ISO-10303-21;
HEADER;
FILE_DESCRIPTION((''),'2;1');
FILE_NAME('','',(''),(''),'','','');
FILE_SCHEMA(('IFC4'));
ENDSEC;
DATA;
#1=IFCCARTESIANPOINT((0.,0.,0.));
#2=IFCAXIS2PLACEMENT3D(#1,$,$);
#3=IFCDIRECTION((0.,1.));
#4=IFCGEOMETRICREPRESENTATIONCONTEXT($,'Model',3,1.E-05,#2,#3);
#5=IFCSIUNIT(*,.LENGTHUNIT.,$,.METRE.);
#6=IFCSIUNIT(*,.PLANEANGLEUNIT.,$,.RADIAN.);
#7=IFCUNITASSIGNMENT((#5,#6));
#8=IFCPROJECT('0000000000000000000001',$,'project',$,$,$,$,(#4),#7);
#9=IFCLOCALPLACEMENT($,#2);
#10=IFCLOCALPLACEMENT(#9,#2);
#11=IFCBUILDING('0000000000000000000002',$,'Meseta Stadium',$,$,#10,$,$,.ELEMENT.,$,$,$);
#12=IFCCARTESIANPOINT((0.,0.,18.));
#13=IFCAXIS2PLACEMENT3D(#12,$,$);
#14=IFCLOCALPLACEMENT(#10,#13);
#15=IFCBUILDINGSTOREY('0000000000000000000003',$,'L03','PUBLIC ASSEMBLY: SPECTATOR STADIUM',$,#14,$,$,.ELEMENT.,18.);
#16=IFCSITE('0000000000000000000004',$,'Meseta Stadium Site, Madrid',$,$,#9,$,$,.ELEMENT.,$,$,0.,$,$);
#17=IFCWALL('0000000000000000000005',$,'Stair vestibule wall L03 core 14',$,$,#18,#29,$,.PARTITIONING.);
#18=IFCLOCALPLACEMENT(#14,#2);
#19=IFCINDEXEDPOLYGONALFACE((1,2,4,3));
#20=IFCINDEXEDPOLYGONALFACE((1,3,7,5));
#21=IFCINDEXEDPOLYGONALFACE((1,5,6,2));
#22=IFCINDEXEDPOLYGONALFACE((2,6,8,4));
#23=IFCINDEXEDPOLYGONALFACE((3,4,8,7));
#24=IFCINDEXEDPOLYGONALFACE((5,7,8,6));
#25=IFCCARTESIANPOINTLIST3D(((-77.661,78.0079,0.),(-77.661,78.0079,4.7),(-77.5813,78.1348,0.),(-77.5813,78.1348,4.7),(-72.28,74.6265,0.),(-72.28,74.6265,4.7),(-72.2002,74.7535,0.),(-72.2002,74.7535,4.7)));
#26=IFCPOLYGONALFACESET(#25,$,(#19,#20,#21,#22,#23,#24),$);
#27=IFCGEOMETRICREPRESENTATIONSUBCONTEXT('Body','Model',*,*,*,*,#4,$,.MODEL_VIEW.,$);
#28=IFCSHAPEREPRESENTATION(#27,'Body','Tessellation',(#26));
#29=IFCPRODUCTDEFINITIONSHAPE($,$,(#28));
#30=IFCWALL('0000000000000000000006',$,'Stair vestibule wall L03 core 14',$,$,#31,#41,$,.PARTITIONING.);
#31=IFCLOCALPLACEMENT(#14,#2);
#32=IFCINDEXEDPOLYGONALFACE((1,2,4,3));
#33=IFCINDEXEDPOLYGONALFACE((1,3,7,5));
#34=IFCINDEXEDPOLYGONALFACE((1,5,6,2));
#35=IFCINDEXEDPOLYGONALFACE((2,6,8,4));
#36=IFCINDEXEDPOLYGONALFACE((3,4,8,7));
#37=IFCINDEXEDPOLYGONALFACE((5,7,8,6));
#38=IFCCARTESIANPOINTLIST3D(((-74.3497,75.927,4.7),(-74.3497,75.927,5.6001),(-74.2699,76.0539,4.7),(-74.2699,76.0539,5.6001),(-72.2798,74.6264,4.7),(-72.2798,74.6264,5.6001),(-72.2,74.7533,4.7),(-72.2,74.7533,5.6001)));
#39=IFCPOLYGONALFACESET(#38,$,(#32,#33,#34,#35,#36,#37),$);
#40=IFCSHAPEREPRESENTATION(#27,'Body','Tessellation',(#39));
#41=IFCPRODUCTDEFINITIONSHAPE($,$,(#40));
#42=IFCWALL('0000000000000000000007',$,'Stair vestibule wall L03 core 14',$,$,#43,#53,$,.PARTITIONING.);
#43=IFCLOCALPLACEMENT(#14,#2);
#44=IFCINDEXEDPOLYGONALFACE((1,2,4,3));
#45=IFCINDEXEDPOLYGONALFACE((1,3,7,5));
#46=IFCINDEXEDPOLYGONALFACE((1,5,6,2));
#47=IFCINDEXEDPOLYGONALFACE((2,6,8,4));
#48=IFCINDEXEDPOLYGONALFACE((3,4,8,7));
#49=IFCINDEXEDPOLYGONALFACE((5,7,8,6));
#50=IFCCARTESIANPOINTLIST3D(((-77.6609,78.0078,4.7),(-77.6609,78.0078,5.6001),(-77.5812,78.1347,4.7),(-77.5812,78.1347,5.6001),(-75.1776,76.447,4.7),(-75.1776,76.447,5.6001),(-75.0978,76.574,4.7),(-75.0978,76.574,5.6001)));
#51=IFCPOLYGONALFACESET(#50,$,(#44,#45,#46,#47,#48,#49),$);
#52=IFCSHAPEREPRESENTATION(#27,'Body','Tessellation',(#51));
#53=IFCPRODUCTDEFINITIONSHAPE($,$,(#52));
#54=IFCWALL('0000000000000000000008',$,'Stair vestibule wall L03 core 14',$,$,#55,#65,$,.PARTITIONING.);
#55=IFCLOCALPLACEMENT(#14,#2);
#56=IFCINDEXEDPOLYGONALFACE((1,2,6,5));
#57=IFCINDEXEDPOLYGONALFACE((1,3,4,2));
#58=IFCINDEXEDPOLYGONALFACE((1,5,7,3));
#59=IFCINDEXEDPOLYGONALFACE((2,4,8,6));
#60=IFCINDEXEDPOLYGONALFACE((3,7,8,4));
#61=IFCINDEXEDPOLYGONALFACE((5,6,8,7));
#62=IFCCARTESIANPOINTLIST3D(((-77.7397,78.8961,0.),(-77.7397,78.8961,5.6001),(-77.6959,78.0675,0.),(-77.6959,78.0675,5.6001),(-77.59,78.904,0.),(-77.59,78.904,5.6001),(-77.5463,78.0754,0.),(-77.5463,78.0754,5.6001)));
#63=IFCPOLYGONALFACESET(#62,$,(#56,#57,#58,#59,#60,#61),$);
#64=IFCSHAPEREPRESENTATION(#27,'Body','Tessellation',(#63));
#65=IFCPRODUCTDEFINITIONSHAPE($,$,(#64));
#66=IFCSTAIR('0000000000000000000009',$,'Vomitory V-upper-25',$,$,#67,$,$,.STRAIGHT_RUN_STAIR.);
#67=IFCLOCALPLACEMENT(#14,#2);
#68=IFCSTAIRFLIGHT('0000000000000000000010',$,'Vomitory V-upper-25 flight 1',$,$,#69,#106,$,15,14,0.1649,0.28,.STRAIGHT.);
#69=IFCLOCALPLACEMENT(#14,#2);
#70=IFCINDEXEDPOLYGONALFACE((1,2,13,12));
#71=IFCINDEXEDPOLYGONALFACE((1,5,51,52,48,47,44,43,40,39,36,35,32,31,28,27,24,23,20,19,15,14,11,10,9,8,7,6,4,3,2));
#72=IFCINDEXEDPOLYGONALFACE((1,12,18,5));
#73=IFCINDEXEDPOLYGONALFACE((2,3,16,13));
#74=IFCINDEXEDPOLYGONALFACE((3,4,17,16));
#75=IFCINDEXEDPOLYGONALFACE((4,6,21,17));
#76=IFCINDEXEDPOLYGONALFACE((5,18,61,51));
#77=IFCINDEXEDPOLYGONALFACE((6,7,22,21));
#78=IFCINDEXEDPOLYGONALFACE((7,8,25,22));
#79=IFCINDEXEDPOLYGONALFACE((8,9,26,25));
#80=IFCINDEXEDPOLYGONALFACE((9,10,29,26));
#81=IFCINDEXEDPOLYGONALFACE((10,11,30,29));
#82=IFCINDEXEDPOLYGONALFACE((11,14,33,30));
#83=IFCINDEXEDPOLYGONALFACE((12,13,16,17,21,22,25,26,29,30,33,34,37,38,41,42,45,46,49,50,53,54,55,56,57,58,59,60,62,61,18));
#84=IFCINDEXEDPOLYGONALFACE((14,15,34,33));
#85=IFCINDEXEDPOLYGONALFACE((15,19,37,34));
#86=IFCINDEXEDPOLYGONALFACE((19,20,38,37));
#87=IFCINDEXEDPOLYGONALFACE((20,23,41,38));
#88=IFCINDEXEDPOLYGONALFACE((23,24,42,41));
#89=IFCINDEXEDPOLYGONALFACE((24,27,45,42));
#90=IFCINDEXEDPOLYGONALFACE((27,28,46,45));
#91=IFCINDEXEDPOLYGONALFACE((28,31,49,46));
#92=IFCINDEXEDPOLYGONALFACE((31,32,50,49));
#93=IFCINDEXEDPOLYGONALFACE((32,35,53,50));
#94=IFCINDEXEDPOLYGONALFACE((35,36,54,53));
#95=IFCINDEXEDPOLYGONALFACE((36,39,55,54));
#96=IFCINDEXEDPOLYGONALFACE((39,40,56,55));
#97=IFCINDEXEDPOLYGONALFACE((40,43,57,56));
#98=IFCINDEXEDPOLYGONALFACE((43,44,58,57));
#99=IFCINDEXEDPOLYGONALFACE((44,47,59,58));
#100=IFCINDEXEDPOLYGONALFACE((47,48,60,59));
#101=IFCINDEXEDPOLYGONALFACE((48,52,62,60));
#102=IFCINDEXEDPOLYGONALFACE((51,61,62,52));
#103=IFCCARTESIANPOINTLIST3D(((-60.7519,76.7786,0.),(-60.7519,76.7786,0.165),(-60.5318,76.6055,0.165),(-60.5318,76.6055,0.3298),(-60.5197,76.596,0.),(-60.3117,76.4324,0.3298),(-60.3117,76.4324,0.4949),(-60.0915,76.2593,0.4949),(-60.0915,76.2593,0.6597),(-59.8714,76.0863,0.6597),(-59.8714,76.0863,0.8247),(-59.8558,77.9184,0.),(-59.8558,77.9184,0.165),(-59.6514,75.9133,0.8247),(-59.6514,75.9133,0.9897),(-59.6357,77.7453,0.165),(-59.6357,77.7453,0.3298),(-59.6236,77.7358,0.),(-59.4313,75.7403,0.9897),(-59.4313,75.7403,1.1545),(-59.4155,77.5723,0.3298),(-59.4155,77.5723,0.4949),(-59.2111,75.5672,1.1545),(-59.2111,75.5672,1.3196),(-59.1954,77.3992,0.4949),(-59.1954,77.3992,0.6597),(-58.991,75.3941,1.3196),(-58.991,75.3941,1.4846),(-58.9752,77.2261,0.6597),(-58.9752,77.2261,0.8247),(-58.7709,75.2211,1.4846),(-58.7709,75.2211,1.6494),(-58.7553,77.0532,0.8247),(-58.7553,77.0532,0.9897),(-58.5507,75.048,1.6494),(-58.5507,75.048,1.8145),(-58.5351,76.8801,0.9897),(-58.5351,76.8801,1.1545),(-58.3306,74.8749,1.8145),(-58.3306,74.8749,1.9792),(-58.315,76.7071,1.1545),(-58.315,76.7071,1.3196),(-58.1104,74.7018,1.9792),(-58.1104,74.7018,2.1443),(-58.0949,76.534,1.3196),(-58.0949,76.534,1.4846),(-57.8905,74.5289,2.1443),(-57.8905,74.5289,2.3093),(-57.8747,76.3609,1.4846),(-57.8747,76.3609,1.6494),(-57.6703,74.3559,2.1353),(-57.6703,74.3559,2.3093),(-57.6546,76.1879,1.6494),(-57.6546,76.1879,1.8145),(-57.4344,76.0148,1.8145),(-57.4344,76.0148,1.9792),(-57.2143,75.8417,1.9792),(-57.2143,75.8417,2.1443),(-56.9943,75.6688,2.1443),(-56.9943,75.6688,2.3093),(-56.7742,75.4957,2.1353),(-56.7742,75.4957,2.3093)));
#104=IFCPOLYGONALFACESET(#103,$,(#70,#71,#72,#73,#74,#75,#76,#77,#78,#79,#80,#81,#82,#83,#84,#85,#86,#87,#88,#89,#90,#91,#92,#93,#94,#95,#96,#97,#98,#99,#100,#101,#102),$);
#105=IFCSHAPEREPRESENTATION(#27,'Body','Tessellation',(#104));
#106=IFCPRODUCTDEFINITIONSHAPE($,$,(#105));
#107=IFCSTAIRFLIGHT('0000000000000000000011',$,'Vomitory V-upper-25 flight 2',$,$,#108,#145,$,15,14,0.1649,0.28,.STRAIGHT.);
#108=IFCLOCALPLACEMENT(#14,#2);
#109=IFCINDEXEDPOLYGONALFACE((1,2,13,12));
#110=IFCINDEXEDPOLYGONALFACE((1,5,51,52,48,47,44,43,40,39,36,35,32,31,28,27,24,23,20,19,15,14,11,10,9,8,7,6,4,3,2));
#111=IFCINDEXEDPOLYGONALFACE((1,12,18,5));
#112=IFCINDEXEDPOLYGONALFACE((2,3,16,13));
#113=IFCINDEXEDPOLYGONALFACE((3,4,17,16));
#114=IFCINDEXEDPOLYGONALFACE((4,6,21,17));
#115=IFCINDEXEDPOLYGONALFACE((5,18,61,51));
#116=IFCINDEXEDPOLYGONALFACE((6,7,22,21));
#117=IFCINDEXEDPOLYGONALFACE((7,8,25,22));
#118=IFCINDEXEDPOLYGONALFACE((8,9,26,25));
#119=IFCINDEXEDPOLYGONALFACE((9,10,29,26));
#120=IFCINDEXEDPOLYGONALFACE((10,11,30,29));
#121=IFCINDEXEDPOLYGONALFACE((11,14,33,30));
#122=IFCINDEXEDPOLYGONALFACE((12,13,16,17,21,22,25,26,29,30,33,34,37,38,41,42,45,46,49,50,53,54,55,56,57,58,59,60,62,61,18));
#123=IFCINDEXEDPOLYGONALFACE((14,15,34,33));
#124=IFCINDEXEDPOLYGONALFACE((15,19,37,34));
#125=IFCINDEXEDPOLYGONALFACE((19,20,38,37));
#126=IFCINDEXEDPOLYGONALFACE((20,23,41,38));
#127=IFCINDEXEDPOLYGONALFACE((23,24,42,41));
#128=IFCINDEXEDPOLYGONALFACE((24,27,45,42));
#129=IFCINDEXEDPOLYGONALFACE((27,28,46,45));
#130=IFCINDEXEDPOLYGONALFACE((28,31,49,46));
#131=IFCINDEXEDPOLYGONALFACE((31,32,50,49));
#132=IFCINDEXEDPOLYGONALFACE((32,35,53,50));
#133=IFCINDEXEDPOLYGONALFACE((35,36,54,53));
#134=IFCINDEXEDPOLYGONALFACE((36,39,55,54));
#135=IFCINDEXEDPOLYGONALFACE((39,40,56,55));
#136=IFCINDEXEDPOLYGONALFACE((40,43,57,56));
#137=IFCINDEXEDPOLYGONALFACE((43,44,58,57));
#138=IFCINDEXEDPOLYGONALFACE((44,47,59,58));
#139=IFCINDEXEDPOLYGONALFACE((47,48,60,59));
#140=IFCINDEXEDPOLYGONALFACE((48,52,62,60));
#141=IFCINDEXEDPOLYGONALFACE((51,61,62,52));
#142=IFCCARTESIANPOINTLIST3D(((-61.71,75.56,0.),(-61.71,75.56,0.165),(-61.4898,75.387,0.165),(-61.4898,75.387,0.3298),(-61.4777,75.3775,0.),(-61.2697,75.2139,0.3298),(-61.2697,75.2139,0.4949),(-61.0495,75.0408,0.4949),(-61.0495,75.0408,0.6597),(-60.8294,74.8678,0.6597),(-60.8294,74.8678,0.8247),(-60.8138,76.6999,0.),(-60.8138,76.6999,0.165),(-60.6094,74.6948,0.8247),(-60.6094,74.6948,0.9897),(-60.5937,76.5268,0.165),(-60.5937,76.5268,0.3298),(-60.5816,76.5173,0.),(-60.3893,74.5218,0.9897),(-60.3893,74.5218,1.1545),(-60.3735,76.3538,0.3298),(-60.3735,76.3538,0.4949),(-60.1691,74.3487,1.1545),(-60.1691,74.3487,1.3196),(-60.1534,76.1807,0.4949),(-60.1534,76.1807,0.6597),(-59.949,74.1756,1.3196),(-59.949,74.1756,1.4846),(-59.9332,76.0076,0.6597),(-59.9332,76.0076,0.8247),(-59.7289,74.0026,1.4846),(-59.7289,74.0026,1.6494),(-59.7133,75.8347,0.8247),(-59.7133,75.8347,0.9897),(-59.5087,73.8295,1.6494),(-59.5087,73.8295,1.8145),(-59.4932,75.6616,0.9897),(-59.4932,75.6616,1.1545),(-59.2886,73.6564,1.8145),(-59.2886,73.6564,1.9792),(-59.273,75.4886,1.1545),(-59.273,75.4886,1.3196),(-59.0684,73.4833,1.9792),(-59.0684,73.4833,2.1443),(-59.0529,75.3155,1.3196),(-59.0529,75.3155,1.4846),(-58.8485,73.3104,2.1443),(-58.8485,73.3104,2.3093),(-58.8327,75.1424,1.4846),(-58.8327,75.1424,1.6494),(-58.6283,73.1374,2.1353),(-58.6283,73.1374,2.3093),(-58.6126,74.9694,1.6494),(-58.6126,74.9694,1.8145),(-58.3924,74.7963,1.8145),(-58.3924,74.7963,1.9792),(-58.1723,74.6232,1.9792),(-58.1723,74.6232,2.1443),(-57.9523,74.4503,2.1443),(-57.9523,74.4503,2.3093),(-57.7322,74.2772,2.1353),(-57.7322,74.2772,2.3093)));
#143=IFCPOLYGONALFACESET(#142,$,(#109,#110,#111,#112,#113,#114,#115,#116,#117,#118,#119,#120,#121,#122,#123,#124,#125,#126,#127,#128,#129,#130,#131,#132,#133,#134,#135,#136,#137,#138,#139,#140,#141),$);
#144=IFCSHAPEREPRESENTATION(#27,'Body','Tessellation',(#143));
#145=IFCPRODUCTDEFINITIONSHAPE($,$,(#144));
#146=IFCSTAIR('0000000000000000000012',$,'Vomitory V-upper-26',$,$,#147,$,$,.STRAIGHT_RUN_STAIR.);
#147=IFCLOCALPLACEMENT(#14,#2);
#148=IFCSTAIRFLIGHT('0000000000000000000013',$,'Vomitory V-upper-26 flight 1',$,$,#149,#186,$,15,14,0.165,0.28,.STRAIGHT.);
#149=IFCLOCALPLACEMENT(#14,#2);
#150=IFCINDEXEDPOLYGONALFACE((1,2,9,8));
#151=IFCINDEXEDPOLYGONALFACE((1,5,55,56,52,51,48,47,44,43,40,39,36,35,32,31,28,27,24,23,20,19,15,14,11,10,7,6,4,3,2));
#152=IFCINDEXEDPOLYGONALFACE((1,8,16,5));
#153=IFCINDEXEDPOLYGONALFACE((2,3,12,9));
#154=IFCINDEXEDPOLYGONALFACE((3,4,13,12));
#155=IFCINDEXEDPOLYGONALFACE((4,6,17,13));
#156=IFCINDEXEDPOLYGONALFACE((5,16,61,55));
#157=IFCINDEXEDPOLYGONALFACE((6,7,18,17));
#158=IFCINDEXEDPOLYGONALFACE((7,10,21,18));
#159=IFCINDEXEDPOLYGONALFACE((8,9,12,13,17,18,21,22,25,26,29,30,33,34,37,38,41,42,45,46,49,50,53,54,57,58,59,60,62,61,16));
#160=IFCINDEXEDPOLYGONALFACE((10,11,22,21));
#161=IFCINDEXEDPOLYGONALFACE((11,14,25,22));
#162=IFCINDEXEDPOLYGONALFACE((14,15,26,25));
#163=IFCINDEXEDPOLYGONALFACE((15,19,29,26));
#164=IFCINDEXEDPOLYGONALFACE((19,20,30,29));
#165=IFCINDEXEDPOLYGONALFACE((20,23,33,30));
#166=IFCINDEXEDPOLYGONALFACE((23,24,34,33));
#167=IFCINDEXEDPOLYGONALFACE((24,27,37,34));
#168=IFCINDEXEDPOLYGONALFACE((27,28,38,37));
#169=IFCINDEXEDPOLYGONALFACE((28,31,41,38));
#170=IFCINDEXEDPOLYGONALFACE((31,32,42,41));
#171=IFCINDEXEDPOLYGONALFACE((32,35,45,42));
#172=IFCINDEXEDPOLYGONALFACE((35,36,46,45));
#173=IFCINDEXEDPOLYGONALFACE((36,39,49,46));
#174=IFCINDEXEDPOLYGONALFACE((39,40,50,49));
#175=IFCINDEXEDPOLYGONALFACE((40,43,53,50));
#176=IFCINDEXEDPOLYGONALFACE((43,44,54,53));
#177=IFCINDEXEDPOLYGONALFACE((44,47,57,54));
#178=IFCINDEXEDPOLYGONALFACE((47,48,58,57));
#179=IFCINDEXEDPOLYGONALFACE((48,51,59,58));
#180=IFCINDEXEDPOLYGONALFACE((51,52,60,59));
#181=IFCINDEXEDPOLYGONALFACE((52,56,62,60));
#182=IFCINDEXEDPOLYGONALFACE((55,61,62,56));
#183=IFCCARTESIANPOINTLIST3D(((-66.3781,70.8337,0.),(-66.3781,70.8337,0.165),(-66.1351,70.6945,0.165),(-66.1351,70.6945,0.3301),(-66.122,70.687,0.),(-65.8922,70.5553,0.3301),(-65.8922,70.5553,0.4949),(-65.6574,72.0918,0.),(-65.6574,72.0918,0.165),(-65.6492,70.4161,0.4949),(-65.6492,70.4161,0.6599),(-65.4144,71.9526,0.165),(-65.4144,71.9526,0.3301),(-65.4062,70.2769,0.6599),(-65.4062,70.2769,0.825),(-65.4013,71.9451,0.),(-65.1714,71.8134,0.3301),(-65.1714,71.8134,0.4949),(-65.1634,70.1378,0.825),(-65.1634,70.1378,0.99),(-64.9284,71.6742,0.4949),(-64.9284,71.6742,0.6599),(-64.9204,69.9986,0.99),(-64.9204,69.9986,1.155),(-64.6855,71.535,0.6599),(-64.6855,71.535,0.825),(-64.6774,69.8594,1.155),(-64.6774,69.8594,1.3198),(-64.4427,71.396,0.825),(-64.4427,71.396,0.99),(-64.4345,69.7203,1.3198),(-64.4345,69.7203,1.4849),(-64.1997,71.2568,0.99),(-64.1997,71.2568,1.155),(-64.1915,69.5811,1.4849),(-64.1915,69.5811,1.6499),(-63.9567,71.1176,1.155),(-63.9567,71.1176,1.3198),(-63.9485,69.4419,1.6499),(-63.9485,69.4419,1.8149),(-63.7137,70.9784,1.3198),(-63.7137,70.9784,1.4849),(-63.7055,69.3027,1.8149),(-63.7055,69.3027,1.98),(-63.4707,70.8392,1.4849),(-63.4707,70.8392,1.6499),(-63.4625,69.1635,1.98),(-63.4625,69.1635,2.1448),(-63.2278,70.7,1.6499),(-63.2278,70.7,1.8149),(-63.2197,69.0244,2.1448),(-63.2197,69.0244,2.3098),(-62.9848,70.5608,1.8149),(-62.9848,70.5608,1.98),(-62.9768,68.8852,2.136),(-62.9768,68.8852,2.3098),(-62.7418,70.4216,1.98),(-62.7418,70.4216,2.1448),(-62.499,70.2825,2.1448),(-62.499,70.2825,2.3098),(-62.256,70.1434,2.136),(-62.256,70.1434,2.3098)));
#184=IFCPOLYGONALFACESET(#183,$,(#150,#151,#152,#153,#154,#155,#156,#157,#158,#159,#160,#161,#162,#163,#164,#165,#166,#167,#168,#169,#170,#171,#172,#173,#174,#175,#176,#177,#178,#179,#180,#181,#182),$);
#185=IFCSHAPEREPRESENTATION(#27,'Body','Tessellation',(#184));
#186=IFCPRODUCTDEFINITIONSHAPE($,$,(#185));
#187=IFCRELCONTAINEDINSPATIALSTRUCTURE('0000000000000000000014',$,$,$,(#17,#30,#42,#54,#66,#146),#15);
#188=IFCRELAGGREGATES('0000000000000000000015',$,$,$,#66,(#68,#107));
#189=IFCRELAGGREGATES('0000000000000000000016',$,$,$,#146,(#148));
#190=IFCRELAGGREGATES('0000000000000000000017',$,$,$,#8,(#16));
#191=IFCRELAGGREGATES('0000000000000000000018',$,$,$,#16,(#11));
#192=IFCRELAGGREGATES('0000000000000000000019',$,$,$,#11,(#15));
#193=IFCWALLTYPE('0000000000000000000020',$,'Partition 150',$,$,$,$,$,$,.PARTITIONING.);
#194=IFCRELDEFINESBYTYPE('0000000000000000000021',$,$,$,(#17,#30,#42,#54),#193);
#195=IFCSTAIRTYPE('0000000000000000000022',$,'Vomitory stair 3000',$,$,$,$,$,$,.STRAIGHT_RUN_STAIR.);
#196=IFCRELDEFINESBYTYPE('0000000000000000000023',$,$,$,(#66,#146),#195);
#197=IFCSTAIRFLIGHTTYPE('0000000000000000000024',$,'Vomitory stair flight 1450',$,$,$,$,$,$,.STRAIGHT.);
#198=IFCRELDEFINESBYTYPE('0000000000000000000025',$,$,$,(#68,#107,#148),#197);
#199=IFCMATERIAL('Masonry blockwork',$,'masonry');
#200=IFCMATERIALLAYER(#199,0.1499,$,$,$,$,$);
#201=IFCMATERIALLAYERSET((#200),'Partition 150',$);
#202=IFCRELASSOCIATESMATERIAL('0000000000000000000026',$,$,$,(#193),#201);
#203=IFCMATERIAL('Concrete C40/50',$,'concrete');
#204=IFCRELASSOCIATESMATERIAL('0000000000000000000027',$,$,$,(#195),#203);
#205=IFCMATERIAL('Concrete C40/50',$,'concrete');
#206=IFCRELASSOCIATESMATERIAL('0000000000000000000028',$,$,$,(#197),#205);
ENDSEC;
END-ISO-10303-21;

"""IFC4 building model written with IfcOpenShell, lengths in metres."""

from ifc_helpers import new_model, si_unit, direction, frame, frame_2d, origin, place, context, subcontext, project, spatial, polyline, rectangle, outline, extrude, material, layer, layer_set, type_object, element, aggregate, save


model = new_model("IFC4")

# Units and contexts
model_context = context("Model", 3, precision=1e-05, world=origin(), true_north=direction((0.0, 1.0)))
body_context = subcontext(model_context, "Body", "Model", "MODEL_VIEW")
ifc_project = project(units=[si_unit("LENGTHUNIT", "METRE"), si_unit("PLANEANGLEUNIT", "RADIAN")], contexts=[model_context])

# Site, building, storey
site_placement = place(None, origin())
site = spatial("IfcSite", under=ifc_project, at=site_placement, Name="Meseta Stadium Site, Madrid", CompositionType="ELEMENT", RefElevation=0.0)
building_placement = place(site_placement, origin())
building = spatial("IfcBuilding", under=site, at=building_placement, Name="Meseta Stadium", CompositionType="ELEMENT")
storey_placement = place(building_placement, frame((0.0, 0.0, 18.0)))
storey = spatial("IfcBuildingStorey", under=building, at=storey_placement, Name="L03", Description="PUBLIC ASSEMBLY: SPECTATOR STADIUM", CompositionType="ELEMENT", Elevation=18.0)

# Walls
ifc_material_1 = material(Name="Masonry blockwork", Category="masonry")
ifc_layer = layer(ifc_material_1, 0.1499)
ifc_layer_set = layer_set([ifc_layer], Name="Partition 150")
wall_type = type_object("IfcWallType", Name="Partition 150", PredefinedType="PARTITIONING", material=ifc_layer_set)
wall_1_placement = place(storey_placement, frame((-72.24, 74.6899, 0.0), z_axis=(0.0, 0.0, 1.0), x_axis=(-0.846712, 0.532052, 0.0)))
element("IfcWall", 1, at=wall_1_placement, inside=storey, type_object=wall_type, Name="Stair vestibule wall L03 core 14", PredefinedType="PARTITIONING", context=body_context, shape_type="SweptSolid", body=[
    extrude(rectangle(XDim=6.3552, YDim=0.1499, at=frame_2d((3.1777, 0.0))), origin(), (0.0, 0.0, 1.0), 4.7),
])
wall_2_placement = place(storey_placement, frame((-72.24, 74.6899, 4.7), z_axis=(0.0, 0.0, 1.0), x_axis=(-0.846728, 0.532026, 0.0)))
element("IfcWall", 2, at=wall_2_placement, inside=storey, type_object=wall_type, Name="Stair vestibule wall L03 core 14", PredefinedType="PARTITIONING", context=body_context, shape_type="SweptSolid", body=[
    extrude(rectangle(XDim=2.4446, YDim=0.1499, at=frame_2d((1.2222, 0.0))), origin(), (0.0, 0.0, 1.0), 0.9001),
])
wall_3_placement = place(storey_placement, frame((-75.1377, 76.5105, 4.7), z_axis=(0.0, 0.0, 1.0), x_axis=(-0.846668, 0.532122, 0.0)))
element("IfcWall", 3, at=wall_3_placement, inside=storey, type_object=wall_type, Name="Stair vestibule wall L03 core 14", PredefinedType="PARTITIONING", context=body_context, shape_type="SweptSolid", body=[
    extrude(rectangle(XDim=2.9331, YDim=0.1499, at=frame_2d((1.4666, 0.0))), origin(), (0.0, 0.0, 1.0), 0.9001),
])
wall_4_placement = place(storey_placement, frame((-77.6211, 78.0713, 0.0), z_axis=(0.0, 0.0, 1.0), x_axis=(-0.052667, 0.998612, 0.0)))
element("IfcWall", 4, at=wall_4_placement, inside=storey, type_object=wall_type, Name="Stair vestibule wall L03 core 14", PredefinedType="PARTITIONING", context=body_context, shape_type="SweptSolid", body=[
    extrude(rectangle(XDim=0.8298, YDim=0.1499, at=frame_2d((0.415, 0.0))), origin(), (0.0, 0.0, 1.0), 5.6001),
])

# Stair, stair flights
ifc_material_2 = material(Name="Concrete C40/50", Category="concrete")
stair_type = type_object("IfcStairType", Name="Vomitory stair 3000", PredefinedType="STRAIGHT_RUN_STAIR", material=ifc_material_2)
stair_1_placement = place(storey_placement, origin())
stair_1 = element("IfcStair", 5, at=stair_1_placement, inside=storey, type_object=stair_type, Name="Vomitory V-upper-25", PredefinedType="STRAIGHT_RUN_STAIR")
ifc_material_3 = material(Name="Concrete C40/50", Category="concrete")
stair_flight_type = type_object("IfcStairFlightType", Name="Vomitory stair flight 1450", PredefinedType="STRAIGHT", material=ifc_material_3)
stair_flight_1_placement = place(storey_placement, frame((-60.304, 77.3484, 0.0), z_axis=(0.0, 0.0, 1.0), x_axis=(0.786142, -0.618046, 0.0)))
stair_flight_1 = element("IfcStairFlight", 6, at=stair_flight_1_placement, type_object=stair_flight_type, Name="Vomitory V-upper-25 flight 1", NumberOfRisers=15, NumberOfTreads=14, PredefinedType="STRAIGHT", RiserHeight=0.1649, TreadLength=0.28, context=body_context, shape_type="SweptSolid", body=[
    extrude(outline(polyline([(0.0, 0.0), (0.0, 0.165), (0.28, 0.165), (0.28, 0.3298), (0.5601, 0.3298), (0.5601, 0.4949), (0.8401, 0.4949), (0.8401, 0.6597), (1.1201, 0.6597), (1.1201, 0.8247), (1.3999, 0.8247), (1.3999, 0.9897), (1.6799, 0.9897), (1.6799, 1.1545), (1.96, 1.1545), (1.96, 1.3196), (2.24, 1.3196), (2.24, 1.4846), (2.52, 1.4846), (2.52, 1.6494), (2.8, 1.6494), (2.8, 1.8145), (3.0801, 1.8145), (3.0801, 1.9792), (3.3601, 1.9792), (3.3601, 2.1443), (3.6399, 2.1443), (3.6399, 2.3093), (3.9199, 2.3093), (3.9199, 2.1353), (0.2954, 0.0), (0.0, 0.0)])), frame((0.0, 0.7251, 0.0), z_axis=(0.0, -1.0, 0.0), x_axis=(1.0, 0.0, 0.0)), (0.0, 0.0, 1.0), 1.45),
])
stair_flight_2_placement = place(storey_placement, frame((-61.262, 76.1299, 0.0), z_axis=(0.0, 0.0, 1.0), x_axis=(0.786142, -0.618046, 0.0)))
stair_flight_2 = element("IfcStairFlight", 7, at=stair_flight_2_placement, type_object=stair_flight_type, Name="Vomitory V-upper-25 flight 2", NumberOfRisers=15, NumberOfTreads=14, PredefinedType="STRAIGHT", RiserHeight=0.1649, TreadLength=0.28, context=body_context, shape_type="SweptSolid", body=[
    extrude(outline(polyline([(0.0, 0.0), (0.0, 0.165), (0.28, 0.165), (0.28, 0.3298), (0.5601, 0.3298), (0.5601, 0.4949), (0.8401, 0.4949), (0.8401, 0.6597), (1.1201, 0.6597), (1.1201, 0.8247), (1.3999, 0.8247), (1.3999, 0.9897), (1.6799, 0.9897), (1.6799, 1.1545), (1.96, 1.1545), (1.96, 1.3196), (2.24, 1.3196), (2.24, 1.4846), (2.52, 1.4846), (2.52, 1.6494), (2.8, 1.6494), (2.8, 1.8145), (3.0801, 1.8145), (3.0801, 1.9792), (3.3601, 1.9792), (3.3601, 2.1443), (3.6399, 2.1443), (3.6399, 2.3093), (3.9199, 2.3093), (3.9199, 2.1353), (0.2954, 0.0), (0.0, 0.0)])), frame((0.0, 0.7251, 0.0), z_axis=(0.0, -1.0, 0.0), x_axis=(1.0, 0.0, 0.0)), (0.0, 0.0, 1.0), 1.45),
])
aggregate(stair_1, [stair_flight_1, stair_flight_2])

# Stair, stair flight
stair_2_placement = place(storey_placement, origin())
stair_2 = element("IfcStair", 8, at=stair_2_placement, inside=storey, type_object=stair_type, Name="Vomitory V-upper-26", PredefinedType="STRAIGHT_RUN_STAIR")
stair_flight_3_placement = place(storey_placement, frame((-66.0178, 71.4626, 0.0), z_axis=(0.0, 0.0, 1.0), x_axis=(0.867712, -0.497068, 0.0)))
stair_flight_3 = element("IfcStairFlight", 9, at=stair_flight_3_placement, type_object=stair_flight_type, Name="Vomitory V-upper-26 flight 1", NumberOfRisers=15, NumberOfTreads=14, PredefinedType="STRAIGHT", RiserHeight=0.165, TreadLength=0.28, context=body_context, shape_type="SweptSolid", body=[
    extrude(outline(polyline([(0.0, 0.0), (0.0, 0.165), (0.28, 0.165), (0.28, 0.3301), (0.5601, 0.3301), (0.5601, 0.4949), (0.8401, 0.4949), (0.8401, 0.6599), (1.1201, 0.6599), (1.1201, 0.825), (1.3999, 0.825), (1.3999, 0.99), (1.6799, 0.99), (1.6799, 1.155), (1.96, 1.155), (1.96, 1.3198), (2.24, 1.3198), (2.24, 1.4849), (2.52, 1.4849), (2.52, 1.6499), (2.8, 1.6499), (2.8, 1.8149), (3.0801, 1.8149), (3.0801, 1.98), (3.3601, 1.98), (3.3601, 2.1448), (3.6399, 2.1448), (3.6399, 2.3098), (3.9199, 2.3098), (3.9199, 2.136), (0.2952, 0.0), (0.0, 0.0)])), frame((0.0, 0.7251, 0.0), z_axis=(0.0, -1.0, 0.0), x_axis=(1.0, 0.0, 0.0)), (0.0, 0.0, 1.0), 1.45),
])
aggregate(stair_2, [stair_flight_3])

save(model, "model.ifc")
